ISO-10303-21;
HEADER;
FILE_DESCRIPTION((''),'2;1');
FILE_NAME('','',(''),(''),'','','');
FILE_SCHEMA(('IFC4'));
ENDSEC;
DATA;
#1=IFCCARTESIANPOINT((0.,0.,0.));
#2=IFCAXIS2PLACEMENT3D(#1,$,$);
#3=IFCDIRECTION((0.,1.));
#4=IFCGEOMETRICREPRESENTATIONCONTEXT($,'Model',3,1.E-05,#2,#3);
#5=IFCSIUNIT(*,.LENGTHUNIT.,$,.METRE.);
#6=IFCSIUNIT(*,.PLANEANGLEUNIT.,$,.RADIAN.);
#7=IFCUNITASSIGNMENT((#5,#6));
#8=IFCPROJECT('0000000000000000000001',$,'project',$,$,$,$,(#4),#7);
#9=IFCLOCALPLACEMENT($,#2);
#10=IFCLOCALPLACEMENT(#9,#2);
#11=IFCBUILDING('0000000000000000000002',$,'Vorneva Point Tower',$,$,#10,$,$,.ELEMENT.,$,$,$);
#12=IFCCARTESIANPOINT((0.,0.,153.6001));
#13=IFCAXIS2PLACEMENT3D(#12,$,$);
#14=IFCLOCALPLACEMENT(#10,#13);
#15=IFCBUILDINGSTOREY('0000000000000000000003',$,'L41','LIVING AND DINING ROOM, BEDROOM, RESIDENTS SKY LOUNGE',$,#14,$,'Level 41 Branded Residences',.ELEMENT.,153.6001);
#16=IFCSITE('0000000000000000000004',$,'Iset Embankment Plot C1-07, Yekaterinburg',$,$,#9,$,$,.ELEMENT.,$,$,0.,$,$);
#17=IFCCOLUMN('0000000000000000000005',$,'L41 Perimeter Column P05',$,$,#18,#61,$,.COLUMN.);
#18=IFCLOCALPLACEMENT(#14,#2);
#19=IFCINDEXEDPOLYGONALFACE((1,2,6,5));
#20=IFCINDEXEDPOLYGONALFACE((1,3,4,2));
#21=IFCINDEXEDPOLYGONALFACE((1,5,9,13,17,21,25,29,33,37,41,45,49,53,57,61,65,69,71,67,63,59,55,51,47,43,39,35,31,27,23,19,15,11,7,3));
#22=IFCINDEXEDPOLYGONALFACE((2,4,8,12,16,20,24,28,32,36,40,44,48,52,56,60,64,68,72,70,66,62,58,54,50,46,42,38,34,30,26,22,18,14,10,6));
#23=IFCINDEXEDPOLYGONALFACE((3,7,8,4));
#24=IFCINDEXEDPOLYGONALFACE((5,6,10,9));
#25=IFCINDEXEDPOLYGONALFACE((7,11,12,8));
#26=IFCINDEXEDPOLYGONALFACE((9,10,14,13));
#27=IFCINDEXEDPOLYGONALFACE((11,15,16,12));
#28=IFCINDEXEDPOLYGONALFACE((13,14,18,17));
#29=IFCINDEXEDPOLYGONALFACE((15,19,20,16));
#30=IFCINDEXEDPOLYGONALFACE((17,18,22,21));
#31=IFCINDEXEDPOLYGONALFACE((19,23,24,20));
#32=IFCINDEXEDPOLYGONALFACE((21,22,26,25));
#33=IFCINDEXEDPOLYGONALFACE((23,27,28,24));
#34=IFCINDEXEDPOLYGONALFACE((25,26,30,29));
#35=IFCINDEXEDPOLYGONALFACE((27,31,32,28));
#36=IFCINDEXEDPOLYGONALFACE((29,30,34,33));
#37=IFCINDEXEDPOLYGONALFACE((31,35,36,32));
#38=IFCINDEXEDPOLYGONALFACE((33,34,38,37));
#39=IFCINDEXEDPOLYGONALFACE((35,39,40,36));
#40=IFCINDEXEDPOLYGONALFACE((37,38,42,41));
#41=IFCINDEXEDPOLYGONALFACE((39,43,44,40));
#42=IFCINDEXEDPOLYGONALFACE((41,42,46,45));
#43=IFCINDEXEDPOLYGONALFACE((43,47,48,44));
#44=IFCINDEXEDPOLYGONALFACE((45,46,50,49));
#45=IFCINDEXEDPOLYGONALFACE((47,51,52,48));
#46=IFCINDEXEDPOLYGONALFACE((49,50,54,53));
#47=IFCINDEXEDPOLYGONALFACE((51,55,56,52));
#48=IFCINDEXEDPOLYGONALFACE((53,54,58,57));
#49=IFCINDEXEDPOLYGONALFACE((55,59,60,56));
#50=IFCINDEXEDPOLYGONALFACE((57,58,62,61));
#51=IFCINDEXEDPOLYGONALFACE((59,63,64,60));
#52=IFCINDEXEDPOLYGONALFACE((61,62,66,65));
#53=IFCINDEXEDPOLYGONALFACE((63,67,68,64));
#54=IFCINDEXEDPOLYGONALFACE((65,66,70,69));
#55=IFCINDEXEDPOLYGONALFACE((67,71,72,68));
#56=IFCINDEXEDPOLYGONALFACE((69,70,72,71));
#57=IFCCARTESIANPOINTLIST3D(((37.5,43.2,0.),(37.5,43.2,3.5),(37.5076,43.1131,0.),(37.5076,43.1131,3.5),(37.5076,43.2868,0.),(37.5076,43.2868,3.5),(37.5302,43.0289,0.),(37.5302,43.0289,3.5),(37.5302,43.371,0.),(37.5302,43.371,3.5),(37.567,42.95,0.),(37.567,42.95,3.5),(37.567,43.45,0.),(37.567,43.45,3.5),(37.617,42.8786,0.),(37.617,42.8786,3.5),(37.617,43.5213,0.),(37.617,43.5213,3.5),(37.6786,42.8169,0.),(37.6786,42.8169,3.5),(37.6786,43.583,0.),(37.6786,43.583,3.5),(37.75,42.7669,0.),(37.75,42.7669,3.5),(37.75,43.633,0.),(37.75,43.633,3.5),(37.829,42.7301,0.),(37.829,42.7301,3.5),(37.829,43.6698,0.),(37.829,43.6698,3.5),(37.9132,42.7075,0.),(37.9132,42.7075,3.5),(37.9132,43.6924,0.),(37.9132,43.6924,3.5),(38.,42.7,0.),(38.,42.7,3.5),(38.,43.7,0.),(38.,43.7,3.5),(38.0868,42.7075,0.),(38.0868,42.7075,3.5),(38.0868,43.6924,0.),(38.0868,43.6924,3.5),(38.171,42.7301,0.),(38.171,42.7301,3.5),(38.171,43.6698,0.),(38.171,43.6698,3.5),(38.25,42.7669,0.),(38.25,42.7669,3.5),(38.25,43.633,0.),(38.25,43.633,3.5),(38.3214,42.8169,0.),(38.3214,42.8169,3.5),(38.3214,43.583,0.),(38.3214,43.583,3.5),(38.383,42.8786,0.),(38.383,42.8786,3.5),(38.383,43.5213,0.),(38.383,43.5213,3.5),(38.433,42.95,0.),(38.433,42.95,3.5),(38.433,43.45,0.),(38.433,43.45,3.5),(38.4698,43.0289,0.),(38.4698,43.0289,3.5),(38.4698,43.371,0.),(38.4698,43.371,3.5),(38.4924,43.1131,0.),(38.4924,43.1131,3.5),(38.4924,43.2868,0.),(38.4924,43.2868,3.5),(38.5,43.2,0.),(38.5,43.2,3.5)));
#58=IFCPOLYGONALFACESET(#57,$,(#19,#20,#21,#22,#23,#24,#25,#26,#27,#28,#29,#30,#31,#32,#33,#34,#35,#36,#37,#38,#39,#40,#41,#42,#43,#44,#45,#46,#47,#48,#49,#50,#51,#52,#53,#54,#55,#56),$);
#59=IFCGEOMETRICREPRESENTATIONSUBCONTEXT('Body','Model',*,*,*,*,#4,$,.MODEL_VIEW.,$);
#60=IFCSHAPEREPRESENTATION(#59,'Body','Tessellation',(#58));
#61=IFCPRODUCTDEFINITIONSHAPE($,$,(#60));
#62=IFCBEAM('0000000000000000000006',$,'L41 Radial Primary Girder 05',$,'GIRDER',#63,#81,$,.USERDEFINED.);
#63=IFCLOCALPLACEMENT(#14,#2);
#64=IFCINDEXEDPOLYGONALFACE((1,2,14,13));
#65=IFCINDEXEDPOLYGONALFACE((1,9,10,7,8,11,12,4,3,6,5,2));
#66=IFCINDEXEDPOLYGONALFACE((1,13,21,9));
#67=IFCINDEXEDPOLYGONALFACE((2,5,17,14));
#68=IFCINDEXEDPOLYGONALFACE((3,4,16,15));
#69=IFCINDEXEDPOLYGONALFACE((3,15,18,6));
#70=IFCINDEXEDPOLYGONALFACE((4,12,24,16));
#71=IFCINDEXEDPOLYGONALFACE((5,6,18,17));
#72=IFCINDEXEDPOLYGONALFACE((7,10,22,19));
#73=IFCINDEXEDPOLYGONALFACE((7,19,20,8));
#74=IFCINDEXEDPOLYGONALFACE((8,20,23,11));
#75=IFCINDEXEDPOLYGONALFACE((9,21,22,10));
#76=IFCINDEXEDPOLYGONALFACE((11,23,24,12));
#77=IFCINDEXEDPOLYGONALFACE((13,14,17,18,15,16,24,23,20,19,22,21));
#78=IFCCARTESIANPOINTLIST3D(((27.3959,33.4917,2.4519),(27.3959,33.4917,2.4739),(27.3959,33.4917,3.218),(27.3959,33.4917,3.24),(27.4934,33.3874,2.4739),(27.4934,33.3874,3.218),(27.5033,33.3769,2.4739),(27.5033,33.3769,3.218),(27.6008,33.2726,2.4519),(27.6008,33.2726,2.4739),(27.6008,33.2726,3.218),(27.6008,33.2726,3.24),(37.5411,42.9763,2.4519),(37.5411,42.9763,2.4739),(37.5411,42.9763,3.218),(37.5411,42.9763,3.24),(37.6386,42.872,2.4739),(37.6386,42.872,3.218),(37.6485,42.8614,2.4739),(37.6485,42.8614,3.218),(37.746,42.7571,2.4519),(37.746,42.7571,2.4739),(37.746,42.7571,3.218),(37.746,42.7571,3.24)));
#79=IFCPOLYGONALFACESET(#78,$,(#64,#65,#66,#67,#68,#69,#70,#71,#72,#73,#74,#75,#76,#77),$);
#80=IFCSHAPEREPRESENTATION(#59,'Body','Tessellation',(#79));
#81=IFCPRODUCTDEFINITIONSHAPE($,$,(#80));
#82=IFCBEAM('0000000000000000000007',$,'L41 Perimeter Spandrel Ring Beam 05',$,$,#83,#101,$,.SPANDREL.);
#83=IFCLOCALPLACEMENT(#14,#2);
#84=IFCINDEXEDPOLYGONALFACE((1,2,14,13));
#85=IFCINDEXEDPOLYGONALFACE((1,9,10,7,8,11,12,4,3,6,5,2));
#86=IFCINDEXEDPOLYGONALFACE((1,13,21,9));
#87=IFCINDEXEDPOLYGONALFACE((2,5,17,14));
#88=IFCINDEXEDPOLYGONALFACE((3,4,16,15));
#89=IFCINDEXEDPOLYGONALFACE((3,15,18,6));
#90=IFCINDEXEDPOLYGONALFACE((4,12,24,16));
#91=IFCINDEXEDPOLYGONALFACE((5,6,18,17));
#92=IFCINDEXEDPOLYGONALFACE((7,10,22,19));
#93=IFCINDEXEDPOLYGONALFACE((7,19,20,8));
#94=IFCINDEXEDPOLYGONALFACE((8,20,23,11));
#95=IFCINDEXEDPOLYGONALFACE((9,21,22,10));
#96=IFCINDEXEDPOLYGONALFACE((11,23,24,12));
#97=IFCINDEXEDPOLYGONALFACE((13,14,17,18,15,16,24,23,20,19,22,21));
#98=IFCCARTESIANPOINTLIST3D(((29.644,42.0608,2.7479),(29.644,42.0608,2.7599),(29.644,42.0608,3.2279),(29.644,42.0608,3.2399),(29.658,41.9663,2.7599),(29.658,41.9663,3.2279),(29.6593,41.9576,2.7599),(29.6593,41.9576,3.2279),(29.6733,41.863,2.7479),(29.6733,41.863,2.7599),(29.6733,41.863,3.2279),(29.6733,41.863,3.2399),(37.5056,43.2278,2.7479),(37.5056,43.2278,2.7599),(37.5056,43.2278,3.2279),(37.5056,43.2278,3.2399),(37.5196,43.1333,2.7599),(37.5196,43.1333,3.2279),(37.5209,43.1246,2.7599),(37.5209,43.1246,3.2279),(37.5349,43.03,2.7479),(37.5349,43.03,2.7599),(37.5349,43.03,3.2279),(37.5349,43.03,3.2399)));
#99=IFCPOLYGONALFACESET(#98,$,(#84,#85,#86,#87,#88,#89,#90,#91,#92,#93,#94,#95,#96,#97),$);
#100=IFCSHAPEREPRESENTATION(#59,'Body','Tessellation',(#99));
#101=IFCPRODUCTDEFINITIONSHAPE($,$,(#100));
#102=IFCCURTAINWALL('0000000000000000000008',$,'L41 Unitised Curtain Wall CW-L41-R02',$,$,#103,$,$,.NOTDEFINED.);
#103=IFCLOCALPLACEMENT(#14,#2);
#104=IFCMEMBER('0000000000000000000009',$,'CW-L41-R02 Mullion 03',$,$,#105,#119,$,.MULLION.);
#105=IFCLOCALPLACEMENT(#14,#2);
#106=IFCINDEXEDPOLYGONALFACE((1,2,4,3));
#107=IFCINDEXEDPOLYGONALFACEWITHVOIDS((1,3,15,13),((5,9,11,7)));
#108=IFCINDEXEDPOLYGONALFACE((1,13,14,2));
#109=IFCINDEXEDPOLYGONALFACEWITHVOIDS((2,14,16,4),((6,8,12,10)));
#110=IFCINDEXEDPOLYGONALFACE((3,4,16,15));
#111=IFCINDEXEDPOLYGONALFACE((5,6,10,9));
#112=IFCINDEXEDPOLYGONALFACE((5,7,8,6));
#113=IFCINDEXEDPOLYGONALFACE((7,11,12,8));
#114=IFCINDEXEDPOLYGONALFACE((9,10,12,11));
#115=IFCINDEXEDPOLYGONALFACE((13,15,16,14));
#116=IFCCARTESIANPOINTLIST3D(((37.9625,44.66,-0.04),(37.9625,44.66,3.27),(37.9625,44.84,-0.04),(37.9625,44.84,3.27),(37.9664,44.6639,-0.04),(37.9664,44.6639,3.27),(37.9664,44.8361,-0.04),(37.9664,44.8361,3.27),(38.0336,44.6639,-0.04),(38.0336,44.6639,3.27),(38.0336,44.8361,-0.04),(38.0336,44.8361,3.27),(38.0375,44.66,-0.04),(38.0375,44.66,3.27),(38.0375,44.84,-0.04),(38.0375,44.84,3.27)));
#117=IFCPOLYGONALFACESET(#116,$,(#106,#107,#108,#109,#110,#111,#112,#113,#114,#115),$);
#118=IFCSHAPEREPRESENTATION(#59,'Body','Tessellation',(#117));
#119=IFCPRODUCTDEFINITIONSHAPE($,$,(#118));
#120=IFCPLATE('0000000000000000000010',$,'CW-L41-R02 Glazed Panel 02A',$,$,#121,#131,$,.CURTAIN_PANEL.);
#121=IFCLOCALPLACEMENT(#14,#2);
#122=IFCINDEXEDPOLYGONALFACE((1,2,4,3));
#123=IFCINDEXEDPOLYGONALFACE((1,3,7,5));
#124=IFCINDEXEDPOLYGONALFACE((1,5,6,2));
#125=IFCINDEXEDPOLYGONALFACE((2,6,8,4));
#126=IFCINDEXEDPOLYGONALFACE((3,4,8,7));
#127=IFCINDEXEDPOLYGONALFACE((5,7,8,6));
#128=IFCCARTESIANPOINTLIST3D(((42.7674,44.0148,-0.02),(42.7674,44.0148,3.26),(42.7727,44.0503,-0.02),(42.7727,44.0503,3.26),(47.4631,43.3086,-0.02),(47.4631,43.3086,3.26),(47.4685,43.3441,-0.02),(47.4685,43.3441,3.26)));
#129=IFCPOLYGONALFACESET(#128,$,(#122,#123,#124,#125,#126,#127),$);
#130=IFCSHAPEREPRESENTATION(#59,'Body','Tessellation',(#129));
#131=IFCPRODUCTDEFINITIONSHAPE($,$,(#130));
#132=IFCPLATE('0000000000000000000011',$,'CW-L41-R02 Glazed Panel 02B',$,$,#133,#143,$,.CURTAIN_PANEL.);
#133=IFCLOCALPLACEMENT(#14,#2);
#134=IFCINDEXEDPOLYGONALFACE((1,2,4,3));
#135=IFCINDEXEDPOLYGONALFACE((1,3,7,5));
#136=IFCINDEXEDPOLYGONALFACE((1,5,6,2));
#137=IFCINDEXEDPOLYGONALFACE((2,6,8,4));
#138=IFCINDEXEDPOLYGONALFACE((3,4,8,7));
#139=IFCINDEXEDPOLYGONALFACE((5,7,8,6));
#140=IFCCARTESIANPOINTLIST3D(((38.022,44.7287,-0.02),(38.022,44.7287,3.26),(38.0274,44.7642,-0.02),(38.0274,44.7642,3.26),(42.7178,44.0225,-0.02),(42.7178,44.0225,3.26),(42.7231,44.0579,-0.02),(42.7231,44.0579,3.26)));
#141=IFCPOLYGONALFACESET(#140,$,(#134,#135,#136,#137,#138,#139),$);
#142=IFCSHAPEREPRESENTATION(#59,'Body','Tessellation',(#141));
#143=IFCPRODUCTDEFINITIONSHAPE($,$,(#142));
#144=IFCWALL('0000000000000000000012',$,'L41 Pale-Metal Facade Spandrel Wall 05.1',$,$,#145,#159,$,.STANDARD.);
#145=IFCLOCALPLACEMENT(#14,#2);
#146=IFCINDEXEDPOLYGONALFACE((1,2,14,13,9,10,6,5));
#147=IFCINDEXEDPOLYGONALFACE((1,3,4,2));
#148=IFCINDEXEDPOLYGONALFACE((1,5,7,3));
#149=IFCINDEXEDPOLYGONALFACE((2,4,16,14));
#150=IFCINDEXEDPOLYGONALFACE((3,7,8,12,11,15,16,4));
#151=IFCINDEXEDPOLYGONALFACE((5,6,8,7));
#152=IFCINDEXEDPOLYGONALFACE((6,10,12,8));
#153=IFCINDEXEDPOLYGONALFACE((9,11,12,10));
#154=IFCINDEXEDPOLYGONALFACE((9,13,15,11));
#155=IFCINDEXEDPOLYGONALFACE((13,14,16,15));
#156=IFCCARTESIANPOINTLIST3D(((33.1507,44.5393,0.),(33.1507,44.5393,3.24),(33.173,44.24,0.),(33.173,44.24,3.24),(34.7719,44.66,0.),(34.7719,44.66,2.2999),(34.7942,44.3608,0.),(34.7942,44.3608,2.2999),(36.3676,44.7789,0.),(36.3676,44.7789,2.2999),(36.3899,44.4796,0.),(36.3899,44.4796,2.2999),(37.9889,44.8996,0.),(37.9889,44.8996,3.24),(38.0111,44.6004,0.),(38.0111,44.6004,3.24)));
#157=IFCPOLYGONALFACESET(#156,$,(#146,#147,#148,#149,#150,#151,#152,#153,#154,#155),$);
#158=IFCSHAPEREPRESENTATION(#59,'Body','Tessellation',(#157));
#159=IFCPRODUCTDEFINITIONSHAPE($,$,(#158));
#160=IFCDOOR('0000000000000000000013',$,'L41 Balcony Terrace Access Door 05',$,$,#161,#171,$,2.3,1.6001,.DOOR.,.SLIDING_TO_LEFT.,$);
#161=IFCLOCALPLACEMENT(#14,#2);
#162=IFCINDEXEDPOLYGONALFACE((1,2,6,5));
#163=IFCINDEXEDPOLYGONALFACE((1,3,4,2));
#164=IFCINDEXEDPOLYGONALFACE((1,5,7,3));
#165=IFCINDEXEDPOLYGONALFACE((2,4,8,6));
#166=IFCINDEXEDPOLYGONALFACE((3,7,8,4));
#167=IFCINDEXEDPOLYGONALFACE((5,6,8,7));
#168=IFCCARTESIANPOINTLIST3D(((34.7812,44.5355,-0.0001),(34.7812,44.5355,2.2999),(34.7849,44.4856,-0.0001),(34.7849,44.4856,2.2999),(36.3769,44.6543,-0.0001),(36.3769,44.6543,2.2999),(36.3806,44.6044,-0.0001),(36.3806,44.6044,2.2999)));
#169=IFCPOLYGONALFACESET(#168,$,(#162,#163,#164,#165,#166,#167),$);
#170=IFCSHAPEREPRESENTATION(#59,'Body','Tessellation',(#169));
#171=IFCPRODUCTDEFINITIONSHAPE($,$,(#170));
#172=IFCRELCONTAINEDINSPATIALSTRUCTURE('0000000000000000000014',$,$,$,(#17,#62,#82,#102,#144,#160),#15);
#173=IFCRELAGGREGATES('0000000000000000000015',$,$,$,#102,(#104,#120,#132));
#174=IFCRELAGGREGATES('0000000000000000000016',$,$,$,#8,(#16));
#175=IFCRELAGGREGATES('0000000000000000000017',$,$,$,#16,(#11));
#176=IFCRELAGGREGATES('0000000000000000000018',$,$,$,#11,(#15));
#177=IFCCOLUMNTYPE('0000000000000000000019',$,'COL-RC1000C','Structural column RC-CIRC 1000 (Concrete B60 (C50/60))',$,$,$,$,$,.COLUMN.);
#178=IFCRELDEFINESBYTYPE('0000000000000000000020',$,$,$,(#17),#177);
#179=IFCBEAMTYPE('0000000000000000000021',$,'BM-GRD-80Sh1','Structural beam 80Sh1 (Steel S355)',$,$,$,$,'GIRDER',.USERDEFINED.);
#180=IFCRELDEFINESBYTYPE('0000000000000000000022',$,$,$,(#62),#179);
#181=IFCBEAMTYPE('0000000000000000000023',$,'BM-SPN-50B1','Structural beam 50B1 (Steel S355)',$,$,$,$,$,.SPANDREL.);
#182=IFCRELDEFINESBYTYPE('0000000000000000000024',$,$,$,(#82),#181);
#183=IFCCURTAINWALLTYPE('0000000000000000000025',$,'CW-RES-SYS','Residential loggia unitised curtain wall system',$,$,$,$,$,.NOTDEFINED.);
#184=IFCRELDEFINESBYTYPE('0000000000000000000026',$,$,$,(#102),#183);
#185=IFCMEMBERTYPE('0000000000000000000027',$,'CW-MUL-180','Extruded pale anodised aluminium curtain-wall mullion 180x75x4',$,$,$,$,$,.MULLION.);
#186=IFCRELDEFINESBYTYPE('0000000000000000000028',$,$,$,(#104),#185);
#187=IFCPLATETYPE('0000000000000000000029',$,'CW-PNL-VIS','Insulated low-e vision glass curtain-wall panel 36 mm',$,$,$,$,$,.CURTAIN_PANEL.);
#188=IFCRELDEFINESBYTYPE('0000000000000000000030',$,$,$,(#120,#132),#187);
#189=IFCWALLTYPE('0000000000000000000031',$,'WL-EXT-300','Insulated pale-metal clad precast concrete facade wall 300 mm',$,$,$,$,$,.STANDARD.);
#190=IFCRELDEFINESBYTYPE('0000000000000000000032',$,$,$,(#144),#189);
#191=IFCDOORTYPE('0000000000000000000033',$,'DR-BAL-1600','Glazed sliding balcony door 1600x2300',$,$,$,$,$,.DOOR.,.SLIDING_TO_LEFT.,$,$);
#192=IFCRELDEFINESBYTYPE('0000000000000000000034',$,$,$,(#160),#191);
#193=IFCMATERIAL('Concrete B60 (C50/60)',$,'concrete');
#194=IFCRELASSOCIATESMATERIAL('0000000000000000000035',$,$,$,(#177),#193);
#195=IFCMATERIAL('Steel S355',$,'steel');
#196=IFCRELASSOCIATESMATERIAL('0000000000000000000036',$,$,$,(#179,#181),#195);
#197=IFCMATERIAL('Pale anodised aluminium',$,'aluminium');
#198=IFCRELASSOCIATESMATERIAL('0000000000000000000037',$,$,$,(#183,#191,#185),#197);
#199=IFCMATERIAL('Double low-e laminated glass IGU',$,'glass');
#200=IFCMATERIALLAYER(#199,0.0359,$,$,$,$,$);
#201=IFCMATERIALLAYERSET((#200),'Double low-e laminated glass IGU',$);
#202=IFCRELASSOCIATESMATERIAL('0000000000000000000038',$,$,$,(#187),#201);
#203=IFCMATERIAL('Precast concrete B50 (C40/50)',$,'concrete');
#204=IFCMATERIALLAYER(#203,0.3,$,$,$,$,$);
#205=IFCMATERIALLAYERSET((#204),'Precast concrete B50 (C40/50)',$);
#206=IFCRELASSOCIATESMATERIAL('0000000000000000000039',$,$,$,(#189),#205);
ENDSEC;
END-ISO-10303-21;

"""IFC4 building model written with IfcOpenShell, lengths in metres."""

from ifc_helpers import new_model, si_unit, direction, frame, frame_2d, origin, origin_2d, place, context, subcontext, project, spatial, rectangle, hollow_rectangle, circle, i_section, extrude, material, layer, layer_set, material_profile, profile_set, type_object, element, fill, aggregate, save


model = new_model("IFC4")

# Units and contexts
model_context = context("Model", 3, precision=1e-05, world=origin(), true_north=direction((0.0, 1.0)))
body_context = subcontext(model_context, "Body", "Model", "MODEL_VIEW")
ifc_project = project(units=[si_unit("LENGTHUNIT", "METRE"), si_unit("PLANEANGLEUNIT", "RADIAN")], contexts=[model_context])

# Site, building, storey
site_placement = place(None, origin())
site = spatial("IfcSite", under=ifc_project, at=site_placement, Name="Iset Embankment Plot C1-07, Yekaterinburg", CompositionType="ELEMENT", RefElevation=0.0)
building_placement = place(site_placement, origin())
building = spatial("IfcBuilding", under=site, at=building_placement, Name="Vorneva Point Tower", CompositionType="ELEMENT")
storey_placement = place(building_placement, frame((0.0, 0.0, 153.6001)))
storey = spatial("IfcBuildingStorey", under=building, at=storey_placement, Name="L41", Description="LIVING AND DINING ROOM, BEDROOM, RESIDENTS SKY LOUNGE", LongName="Level 41 Branded Residences", CompositionType="ELEMENT", Elevation=153.6001)

# Column
ifc_material_1 = material(Name="Concrete B60 (C50/60)", Category="concrete")
ifc_material_profile_1 = material_profile(ifc_material_1, circle(Radius=0.5, at=origin_2d()), Name="RC-CIRC 1000")
ifc_profile_set_1 = profile_set([ifc_material_profile_1], Name="Concrete B60 (C50/60)")
column_type = type_object("IfcColumnType", Name="COL-RC1000C", Description="Structural column RC-CIRC 1000 (Concrete B60 (C50/60))", PredefinedType="COLUMN", material=ifc_profile_set_1)
column_placement = place(storey_placement, frame((38.0, 43.2, 0.0), z_axis=(0.0, 0.0, 1.0), x_axis=(0.0, 1.0, 0.0)))
element("IfcColumn", 1, at=column_placement, inside=storey, type_object=column_type, Name="L41 Perimeter Column P05", PredefinedType="COLUMN", context=body_context, shape_type="SweptSolid", body=[
    extrude(circle(Radius=0.5, at=origin_2d()), origin(), (0.0, 0.0, 1.0), 3.5),
])

# Beams
ifc_material_2 = material(Name="Steel S355", Category="steel")
ifc_material_profile_2 = material_profile(ifc_material_2, i_section(OverallWidth=0.3, OverallDepth=0.7881, WebThickness=0.0144, FlangeThickness=0.022, at=origin_2d()), Name="80Sh1")
ifc_profile_set_2 = profile_set([ifc_material_profile_2], Name="Steel S355")
beam_type_1 = type_object("IfcBeamType", Name="BM-GRD-80Sh1", Description="Structural beam 80Sh1 (Steel S355)", ElementType="GIRDER", PredefinedType="USERDEFINED", material=ifc_profile_set_2)
beam_1_placement = place(storey_placement, frame((37.6436, 42.8667, 2.8459), z_axis=(-0.730491, -0.682922, 0.0), x_axis=(0.682922, -0.730491, 0.0)))
element("IfcBeam", 2, at=beam_1_placement, inside=storey, type_object=beam_type_1, Name="L41 Radial Primary Girder 05", ObjectType="GIRDER", PredefinedType="USERDEFINED", context=body_context, shape_type="SweptSolid", body=[
    extrude(i_section(OverallWidth=0.3, OverallDepth=0.7881, WebThickness=0.0144, FlangeThickness=0.022, at=origin_2d()), origin(), (0.0, 0.0, 1.0), 13.8882),
])
ifc_material_profile_3 = material_profile(ifc_material_2, i_section(OverallWidth=0.2, OverallDepth=0.4919, WebThickness=0.0088, FlangeThickness=0.012, at=origin_2d()), Name="50B1")
ifc_profile_set_3 = profile_set([ifc_material_profile_3], Name="Steel S355")
beam_type_2 = type_object("IfcBeamType", Name="BM-SPN-50B1", Description="Structural beam 50B1 (Steel S355)", PredefinedType="SPANDREL", material=ifc_profile_set_3)
beam_2_placement = place(storey_placement, frame((37.5203, 43.1289, 2.9939), z_axis=(-0.989161, -0.146834, 0.0), x_axis=(0.146834, -0.989161, 0.0)))
element("IfcBeam", 3, at=beam_2_placement, inside=storey, type_object=beam_type_2, Name="L41 Perimeter Spandrel Ring Beam 05", PredefinedType="SPANDREL", context=body_context, shape_type="SweptSolid", body=[
    extrude(i_section(OverallWidth=0.2, OverallDepth=0.4919, WebThickness=0.0088, FlangeThickness=0.012, at=origin_2d()), origin(), (0.0, 0.0, 1.0), 7.9478),
])

# Curtain wall, member, plates
ifc_material_3 = material(Name="Pale anodised aluminium", Category="aluminium")
curtain_wall_type = type_object("IfcCurtainWallType", Name="CW-RES-SYS", Description="Residential loggia unitised curtain wall system", PredefinedType="NOTDEFINED", material=ifc_material_3)
curtain_wall_placement = place(storey_placement, origin())
curtain_wall = element("IfcCurtainWall", 4, at=curtain_wall_placement, inside=storey, type_object=curtain_wall_type, Name="L41 Unitised Curtain Wall CW-L41-R02", PredefinedType="NOTDEFINED")
ifc_material_profile_4 = material_profile(ifc_material_3, hollow_rectangle(XDim=0.075, YDim=0.1799, WallThickness=0.0039, at=origin_2d()), Name="AL-MUL 180x75x4")
ifc_profile_set_4 = profile_set([ifc_material_profile_4], Name="Pale anodised aluminium")
member_type = type_object("IfcMemberType", Name="CW-MUL-180", Description="Extruded pale anodised aluminium curtain-wall mullion 180x75x4", PredefinedType="MULLION", material=ifc_profile_set_4)
member_placement = place(storey_placement, frame((38.0, 44.75, -0.04), z_axis=(0.0, 0.0, 1.0), x_axis=(1.0, 0.0, 0.0)))
member = element("IfcMember", 5, at=member_placement, type_object=member_type, Name="CW-L41-R02 Mullion 03", PredefinedType="MULLION", context=body_context, shape_type="SweptSolid", body=[
    extrude(hollow_rectangle(XDim=0.075, YDim=0.1799, WallThickness=0.0039, at=origin_2d()), origin(), (0.0, 0.0, 1.0), 3.3101),
])
ifc_material_4 = material(Name="Double low-e laminated glass IGU", Category="glass")
ifc_layer_1 = layer(ifc_material_4, 0.0359)
ifc_layer_set_1 = layer_set([ifc_layer_1], Name="Double low-e laminated glass IGU")
plate_type = type_object("IfcPlateType", Name="CW-PNL-VIS", Description="Insulated low-e vision glass curtain-wall panel 36 mm", PredefinedType="CURTAIN_PANEL", material=ifc_layer_set_1)
plate_1_placement = place(storey_placement, frame((45.1179, 43.6794, -0.02), z_axis=(0.0, 0.0, 1.0), x_axis=(-0.988879, 0.148724, 0.0)))
plate_1 = element("IfcPlate", 6, at=plate_1_placement, type_object=plate_type, Name="CW-L41-R02 Glazed Panel 02A", PredefinedType="CURTAIN_PANEL", context=body_context, shape_type="SweptSolid", body=[
    extrude(rectangle(XDim=4.7485, YDim=0.0359, at=origin_2d()), origin(), (0.0, 0.0, 1.0), 3.28),
])
plate_2_placement = place(storey_placement, frame((40.3726, 44.3933, -0.02), z_axis=(0.0, 0.0, 1.0), x_axis=(-0.988879, 0.148724, 0.0)))
plate_2 = element("IfcPlate", 7, at=plate_2_placement, type_object=plate_type, Name="CW-L41-R02 Glazed Panel 02B", PredefinedType="CURTAIN_PANEL", context=body_context, shape_type="SweptSolid", body=[
    extrude(rectangle(XDim=4.7485, YDim=0.0359, at=origin_2d()), origin(), (0.0, 0.0, 1.0), 3.28),
])
aggregate(curtain_wall, [member, plate_1, plate_2])

# Wall, opening, door
ifc_material_5 = material(Name="Precast concrete B50 (C40/50)", Category="concrete")
ifc_layer_2 = layer(ifc_material_5, 0.3)
ifc_layer_set_2 = layer_set([ifc_layer_2], Name="Precast concrete B50 (C40/50)")
wall_type_1 = type_object("IfcWallType", Name="WL-EXT-300", Description="Insulated pale-metal clad precast concrete facade wall 300 mm", PredefinedType="STANDARD", material=ifc_layer_set_2)
wall_1_placement = place(storey_placement, frame((38.0, 44.75, 0.0), z_axis=(0.0, 0.0, 1.0), x_axis=(-0.997238, -0.074276, 0.0)))
wall_1 = element("IfcWall", 8, at=wall_1_placement, inside=storey, type_object=wall_type_1, Name="L41 Pale-Metal Facade Spandrel Wall 05.1", PredefinedType="STANDARD", context=body_context, shape_type="SweptSolid", body=[
    extrude(rectangle(XDim=4.8516, YDim=0.3, at=frame_2d((2.4258, 0.0))), origin(), (0.0, 0.0, 1.0), 3.24),
])
opening_1_placement = place(wall_1_placement, frame((1.6257, 0.0, 0.0)))
opening_1 = element("IfcOpeningElement", 9, at=opening_1_placement, cuts=wall_1, PredefinedType="OPENING", context=body_context, shape_type="SweptSolid", body=[
    extrude(rectangle(XDim=1.6001, YDim=2.3, at=frame_2d((0.8, 1.1499))), frame((0.0, 0.165, 0.0), z_axis=(0.0, -1.0, 0.0), x_axis=(1.0, 0.0, 0.0)), (0.0, 0.0, 1.0), 0.3298),
])
door_type_1 = type_object("IfcDoorType", Name="DR-BAL-1600", Description="Glazed sliding balcony door 1600x2300", OperationType="SLIDING_TO_LEFT", PredefinedType="DOOR", material=ifc_material_3)
door_1_placement = place(opening_1_placement, origin())
door_1 = element("IfcDoor", 10, at=door_1_placement, inside=storey, type_object=door_type_1, Name="L41 Balcony Terrace Access Door 05", OperationType="SLIDING_TO_LEFT", OverallHeight=2.3, OverallWidth=1.6001, PredefinedType="DOOR", context=body_context, shape_type="SweptSolid", body=[
    extrude(rectangle(XDim=1.6001, YDim=2.3, at=frame_2d((0.8, 1.1499))), frame((0.0, 0.0249, 0.0), z_axis=(0.0, -1.0, 0.0), x_axis=(1.0, 0.0, 0.0)), (0.0, 0.0, 1.0), 0.05),
])
fill(opening_1, door_1)

save(model, "model.ifc")
